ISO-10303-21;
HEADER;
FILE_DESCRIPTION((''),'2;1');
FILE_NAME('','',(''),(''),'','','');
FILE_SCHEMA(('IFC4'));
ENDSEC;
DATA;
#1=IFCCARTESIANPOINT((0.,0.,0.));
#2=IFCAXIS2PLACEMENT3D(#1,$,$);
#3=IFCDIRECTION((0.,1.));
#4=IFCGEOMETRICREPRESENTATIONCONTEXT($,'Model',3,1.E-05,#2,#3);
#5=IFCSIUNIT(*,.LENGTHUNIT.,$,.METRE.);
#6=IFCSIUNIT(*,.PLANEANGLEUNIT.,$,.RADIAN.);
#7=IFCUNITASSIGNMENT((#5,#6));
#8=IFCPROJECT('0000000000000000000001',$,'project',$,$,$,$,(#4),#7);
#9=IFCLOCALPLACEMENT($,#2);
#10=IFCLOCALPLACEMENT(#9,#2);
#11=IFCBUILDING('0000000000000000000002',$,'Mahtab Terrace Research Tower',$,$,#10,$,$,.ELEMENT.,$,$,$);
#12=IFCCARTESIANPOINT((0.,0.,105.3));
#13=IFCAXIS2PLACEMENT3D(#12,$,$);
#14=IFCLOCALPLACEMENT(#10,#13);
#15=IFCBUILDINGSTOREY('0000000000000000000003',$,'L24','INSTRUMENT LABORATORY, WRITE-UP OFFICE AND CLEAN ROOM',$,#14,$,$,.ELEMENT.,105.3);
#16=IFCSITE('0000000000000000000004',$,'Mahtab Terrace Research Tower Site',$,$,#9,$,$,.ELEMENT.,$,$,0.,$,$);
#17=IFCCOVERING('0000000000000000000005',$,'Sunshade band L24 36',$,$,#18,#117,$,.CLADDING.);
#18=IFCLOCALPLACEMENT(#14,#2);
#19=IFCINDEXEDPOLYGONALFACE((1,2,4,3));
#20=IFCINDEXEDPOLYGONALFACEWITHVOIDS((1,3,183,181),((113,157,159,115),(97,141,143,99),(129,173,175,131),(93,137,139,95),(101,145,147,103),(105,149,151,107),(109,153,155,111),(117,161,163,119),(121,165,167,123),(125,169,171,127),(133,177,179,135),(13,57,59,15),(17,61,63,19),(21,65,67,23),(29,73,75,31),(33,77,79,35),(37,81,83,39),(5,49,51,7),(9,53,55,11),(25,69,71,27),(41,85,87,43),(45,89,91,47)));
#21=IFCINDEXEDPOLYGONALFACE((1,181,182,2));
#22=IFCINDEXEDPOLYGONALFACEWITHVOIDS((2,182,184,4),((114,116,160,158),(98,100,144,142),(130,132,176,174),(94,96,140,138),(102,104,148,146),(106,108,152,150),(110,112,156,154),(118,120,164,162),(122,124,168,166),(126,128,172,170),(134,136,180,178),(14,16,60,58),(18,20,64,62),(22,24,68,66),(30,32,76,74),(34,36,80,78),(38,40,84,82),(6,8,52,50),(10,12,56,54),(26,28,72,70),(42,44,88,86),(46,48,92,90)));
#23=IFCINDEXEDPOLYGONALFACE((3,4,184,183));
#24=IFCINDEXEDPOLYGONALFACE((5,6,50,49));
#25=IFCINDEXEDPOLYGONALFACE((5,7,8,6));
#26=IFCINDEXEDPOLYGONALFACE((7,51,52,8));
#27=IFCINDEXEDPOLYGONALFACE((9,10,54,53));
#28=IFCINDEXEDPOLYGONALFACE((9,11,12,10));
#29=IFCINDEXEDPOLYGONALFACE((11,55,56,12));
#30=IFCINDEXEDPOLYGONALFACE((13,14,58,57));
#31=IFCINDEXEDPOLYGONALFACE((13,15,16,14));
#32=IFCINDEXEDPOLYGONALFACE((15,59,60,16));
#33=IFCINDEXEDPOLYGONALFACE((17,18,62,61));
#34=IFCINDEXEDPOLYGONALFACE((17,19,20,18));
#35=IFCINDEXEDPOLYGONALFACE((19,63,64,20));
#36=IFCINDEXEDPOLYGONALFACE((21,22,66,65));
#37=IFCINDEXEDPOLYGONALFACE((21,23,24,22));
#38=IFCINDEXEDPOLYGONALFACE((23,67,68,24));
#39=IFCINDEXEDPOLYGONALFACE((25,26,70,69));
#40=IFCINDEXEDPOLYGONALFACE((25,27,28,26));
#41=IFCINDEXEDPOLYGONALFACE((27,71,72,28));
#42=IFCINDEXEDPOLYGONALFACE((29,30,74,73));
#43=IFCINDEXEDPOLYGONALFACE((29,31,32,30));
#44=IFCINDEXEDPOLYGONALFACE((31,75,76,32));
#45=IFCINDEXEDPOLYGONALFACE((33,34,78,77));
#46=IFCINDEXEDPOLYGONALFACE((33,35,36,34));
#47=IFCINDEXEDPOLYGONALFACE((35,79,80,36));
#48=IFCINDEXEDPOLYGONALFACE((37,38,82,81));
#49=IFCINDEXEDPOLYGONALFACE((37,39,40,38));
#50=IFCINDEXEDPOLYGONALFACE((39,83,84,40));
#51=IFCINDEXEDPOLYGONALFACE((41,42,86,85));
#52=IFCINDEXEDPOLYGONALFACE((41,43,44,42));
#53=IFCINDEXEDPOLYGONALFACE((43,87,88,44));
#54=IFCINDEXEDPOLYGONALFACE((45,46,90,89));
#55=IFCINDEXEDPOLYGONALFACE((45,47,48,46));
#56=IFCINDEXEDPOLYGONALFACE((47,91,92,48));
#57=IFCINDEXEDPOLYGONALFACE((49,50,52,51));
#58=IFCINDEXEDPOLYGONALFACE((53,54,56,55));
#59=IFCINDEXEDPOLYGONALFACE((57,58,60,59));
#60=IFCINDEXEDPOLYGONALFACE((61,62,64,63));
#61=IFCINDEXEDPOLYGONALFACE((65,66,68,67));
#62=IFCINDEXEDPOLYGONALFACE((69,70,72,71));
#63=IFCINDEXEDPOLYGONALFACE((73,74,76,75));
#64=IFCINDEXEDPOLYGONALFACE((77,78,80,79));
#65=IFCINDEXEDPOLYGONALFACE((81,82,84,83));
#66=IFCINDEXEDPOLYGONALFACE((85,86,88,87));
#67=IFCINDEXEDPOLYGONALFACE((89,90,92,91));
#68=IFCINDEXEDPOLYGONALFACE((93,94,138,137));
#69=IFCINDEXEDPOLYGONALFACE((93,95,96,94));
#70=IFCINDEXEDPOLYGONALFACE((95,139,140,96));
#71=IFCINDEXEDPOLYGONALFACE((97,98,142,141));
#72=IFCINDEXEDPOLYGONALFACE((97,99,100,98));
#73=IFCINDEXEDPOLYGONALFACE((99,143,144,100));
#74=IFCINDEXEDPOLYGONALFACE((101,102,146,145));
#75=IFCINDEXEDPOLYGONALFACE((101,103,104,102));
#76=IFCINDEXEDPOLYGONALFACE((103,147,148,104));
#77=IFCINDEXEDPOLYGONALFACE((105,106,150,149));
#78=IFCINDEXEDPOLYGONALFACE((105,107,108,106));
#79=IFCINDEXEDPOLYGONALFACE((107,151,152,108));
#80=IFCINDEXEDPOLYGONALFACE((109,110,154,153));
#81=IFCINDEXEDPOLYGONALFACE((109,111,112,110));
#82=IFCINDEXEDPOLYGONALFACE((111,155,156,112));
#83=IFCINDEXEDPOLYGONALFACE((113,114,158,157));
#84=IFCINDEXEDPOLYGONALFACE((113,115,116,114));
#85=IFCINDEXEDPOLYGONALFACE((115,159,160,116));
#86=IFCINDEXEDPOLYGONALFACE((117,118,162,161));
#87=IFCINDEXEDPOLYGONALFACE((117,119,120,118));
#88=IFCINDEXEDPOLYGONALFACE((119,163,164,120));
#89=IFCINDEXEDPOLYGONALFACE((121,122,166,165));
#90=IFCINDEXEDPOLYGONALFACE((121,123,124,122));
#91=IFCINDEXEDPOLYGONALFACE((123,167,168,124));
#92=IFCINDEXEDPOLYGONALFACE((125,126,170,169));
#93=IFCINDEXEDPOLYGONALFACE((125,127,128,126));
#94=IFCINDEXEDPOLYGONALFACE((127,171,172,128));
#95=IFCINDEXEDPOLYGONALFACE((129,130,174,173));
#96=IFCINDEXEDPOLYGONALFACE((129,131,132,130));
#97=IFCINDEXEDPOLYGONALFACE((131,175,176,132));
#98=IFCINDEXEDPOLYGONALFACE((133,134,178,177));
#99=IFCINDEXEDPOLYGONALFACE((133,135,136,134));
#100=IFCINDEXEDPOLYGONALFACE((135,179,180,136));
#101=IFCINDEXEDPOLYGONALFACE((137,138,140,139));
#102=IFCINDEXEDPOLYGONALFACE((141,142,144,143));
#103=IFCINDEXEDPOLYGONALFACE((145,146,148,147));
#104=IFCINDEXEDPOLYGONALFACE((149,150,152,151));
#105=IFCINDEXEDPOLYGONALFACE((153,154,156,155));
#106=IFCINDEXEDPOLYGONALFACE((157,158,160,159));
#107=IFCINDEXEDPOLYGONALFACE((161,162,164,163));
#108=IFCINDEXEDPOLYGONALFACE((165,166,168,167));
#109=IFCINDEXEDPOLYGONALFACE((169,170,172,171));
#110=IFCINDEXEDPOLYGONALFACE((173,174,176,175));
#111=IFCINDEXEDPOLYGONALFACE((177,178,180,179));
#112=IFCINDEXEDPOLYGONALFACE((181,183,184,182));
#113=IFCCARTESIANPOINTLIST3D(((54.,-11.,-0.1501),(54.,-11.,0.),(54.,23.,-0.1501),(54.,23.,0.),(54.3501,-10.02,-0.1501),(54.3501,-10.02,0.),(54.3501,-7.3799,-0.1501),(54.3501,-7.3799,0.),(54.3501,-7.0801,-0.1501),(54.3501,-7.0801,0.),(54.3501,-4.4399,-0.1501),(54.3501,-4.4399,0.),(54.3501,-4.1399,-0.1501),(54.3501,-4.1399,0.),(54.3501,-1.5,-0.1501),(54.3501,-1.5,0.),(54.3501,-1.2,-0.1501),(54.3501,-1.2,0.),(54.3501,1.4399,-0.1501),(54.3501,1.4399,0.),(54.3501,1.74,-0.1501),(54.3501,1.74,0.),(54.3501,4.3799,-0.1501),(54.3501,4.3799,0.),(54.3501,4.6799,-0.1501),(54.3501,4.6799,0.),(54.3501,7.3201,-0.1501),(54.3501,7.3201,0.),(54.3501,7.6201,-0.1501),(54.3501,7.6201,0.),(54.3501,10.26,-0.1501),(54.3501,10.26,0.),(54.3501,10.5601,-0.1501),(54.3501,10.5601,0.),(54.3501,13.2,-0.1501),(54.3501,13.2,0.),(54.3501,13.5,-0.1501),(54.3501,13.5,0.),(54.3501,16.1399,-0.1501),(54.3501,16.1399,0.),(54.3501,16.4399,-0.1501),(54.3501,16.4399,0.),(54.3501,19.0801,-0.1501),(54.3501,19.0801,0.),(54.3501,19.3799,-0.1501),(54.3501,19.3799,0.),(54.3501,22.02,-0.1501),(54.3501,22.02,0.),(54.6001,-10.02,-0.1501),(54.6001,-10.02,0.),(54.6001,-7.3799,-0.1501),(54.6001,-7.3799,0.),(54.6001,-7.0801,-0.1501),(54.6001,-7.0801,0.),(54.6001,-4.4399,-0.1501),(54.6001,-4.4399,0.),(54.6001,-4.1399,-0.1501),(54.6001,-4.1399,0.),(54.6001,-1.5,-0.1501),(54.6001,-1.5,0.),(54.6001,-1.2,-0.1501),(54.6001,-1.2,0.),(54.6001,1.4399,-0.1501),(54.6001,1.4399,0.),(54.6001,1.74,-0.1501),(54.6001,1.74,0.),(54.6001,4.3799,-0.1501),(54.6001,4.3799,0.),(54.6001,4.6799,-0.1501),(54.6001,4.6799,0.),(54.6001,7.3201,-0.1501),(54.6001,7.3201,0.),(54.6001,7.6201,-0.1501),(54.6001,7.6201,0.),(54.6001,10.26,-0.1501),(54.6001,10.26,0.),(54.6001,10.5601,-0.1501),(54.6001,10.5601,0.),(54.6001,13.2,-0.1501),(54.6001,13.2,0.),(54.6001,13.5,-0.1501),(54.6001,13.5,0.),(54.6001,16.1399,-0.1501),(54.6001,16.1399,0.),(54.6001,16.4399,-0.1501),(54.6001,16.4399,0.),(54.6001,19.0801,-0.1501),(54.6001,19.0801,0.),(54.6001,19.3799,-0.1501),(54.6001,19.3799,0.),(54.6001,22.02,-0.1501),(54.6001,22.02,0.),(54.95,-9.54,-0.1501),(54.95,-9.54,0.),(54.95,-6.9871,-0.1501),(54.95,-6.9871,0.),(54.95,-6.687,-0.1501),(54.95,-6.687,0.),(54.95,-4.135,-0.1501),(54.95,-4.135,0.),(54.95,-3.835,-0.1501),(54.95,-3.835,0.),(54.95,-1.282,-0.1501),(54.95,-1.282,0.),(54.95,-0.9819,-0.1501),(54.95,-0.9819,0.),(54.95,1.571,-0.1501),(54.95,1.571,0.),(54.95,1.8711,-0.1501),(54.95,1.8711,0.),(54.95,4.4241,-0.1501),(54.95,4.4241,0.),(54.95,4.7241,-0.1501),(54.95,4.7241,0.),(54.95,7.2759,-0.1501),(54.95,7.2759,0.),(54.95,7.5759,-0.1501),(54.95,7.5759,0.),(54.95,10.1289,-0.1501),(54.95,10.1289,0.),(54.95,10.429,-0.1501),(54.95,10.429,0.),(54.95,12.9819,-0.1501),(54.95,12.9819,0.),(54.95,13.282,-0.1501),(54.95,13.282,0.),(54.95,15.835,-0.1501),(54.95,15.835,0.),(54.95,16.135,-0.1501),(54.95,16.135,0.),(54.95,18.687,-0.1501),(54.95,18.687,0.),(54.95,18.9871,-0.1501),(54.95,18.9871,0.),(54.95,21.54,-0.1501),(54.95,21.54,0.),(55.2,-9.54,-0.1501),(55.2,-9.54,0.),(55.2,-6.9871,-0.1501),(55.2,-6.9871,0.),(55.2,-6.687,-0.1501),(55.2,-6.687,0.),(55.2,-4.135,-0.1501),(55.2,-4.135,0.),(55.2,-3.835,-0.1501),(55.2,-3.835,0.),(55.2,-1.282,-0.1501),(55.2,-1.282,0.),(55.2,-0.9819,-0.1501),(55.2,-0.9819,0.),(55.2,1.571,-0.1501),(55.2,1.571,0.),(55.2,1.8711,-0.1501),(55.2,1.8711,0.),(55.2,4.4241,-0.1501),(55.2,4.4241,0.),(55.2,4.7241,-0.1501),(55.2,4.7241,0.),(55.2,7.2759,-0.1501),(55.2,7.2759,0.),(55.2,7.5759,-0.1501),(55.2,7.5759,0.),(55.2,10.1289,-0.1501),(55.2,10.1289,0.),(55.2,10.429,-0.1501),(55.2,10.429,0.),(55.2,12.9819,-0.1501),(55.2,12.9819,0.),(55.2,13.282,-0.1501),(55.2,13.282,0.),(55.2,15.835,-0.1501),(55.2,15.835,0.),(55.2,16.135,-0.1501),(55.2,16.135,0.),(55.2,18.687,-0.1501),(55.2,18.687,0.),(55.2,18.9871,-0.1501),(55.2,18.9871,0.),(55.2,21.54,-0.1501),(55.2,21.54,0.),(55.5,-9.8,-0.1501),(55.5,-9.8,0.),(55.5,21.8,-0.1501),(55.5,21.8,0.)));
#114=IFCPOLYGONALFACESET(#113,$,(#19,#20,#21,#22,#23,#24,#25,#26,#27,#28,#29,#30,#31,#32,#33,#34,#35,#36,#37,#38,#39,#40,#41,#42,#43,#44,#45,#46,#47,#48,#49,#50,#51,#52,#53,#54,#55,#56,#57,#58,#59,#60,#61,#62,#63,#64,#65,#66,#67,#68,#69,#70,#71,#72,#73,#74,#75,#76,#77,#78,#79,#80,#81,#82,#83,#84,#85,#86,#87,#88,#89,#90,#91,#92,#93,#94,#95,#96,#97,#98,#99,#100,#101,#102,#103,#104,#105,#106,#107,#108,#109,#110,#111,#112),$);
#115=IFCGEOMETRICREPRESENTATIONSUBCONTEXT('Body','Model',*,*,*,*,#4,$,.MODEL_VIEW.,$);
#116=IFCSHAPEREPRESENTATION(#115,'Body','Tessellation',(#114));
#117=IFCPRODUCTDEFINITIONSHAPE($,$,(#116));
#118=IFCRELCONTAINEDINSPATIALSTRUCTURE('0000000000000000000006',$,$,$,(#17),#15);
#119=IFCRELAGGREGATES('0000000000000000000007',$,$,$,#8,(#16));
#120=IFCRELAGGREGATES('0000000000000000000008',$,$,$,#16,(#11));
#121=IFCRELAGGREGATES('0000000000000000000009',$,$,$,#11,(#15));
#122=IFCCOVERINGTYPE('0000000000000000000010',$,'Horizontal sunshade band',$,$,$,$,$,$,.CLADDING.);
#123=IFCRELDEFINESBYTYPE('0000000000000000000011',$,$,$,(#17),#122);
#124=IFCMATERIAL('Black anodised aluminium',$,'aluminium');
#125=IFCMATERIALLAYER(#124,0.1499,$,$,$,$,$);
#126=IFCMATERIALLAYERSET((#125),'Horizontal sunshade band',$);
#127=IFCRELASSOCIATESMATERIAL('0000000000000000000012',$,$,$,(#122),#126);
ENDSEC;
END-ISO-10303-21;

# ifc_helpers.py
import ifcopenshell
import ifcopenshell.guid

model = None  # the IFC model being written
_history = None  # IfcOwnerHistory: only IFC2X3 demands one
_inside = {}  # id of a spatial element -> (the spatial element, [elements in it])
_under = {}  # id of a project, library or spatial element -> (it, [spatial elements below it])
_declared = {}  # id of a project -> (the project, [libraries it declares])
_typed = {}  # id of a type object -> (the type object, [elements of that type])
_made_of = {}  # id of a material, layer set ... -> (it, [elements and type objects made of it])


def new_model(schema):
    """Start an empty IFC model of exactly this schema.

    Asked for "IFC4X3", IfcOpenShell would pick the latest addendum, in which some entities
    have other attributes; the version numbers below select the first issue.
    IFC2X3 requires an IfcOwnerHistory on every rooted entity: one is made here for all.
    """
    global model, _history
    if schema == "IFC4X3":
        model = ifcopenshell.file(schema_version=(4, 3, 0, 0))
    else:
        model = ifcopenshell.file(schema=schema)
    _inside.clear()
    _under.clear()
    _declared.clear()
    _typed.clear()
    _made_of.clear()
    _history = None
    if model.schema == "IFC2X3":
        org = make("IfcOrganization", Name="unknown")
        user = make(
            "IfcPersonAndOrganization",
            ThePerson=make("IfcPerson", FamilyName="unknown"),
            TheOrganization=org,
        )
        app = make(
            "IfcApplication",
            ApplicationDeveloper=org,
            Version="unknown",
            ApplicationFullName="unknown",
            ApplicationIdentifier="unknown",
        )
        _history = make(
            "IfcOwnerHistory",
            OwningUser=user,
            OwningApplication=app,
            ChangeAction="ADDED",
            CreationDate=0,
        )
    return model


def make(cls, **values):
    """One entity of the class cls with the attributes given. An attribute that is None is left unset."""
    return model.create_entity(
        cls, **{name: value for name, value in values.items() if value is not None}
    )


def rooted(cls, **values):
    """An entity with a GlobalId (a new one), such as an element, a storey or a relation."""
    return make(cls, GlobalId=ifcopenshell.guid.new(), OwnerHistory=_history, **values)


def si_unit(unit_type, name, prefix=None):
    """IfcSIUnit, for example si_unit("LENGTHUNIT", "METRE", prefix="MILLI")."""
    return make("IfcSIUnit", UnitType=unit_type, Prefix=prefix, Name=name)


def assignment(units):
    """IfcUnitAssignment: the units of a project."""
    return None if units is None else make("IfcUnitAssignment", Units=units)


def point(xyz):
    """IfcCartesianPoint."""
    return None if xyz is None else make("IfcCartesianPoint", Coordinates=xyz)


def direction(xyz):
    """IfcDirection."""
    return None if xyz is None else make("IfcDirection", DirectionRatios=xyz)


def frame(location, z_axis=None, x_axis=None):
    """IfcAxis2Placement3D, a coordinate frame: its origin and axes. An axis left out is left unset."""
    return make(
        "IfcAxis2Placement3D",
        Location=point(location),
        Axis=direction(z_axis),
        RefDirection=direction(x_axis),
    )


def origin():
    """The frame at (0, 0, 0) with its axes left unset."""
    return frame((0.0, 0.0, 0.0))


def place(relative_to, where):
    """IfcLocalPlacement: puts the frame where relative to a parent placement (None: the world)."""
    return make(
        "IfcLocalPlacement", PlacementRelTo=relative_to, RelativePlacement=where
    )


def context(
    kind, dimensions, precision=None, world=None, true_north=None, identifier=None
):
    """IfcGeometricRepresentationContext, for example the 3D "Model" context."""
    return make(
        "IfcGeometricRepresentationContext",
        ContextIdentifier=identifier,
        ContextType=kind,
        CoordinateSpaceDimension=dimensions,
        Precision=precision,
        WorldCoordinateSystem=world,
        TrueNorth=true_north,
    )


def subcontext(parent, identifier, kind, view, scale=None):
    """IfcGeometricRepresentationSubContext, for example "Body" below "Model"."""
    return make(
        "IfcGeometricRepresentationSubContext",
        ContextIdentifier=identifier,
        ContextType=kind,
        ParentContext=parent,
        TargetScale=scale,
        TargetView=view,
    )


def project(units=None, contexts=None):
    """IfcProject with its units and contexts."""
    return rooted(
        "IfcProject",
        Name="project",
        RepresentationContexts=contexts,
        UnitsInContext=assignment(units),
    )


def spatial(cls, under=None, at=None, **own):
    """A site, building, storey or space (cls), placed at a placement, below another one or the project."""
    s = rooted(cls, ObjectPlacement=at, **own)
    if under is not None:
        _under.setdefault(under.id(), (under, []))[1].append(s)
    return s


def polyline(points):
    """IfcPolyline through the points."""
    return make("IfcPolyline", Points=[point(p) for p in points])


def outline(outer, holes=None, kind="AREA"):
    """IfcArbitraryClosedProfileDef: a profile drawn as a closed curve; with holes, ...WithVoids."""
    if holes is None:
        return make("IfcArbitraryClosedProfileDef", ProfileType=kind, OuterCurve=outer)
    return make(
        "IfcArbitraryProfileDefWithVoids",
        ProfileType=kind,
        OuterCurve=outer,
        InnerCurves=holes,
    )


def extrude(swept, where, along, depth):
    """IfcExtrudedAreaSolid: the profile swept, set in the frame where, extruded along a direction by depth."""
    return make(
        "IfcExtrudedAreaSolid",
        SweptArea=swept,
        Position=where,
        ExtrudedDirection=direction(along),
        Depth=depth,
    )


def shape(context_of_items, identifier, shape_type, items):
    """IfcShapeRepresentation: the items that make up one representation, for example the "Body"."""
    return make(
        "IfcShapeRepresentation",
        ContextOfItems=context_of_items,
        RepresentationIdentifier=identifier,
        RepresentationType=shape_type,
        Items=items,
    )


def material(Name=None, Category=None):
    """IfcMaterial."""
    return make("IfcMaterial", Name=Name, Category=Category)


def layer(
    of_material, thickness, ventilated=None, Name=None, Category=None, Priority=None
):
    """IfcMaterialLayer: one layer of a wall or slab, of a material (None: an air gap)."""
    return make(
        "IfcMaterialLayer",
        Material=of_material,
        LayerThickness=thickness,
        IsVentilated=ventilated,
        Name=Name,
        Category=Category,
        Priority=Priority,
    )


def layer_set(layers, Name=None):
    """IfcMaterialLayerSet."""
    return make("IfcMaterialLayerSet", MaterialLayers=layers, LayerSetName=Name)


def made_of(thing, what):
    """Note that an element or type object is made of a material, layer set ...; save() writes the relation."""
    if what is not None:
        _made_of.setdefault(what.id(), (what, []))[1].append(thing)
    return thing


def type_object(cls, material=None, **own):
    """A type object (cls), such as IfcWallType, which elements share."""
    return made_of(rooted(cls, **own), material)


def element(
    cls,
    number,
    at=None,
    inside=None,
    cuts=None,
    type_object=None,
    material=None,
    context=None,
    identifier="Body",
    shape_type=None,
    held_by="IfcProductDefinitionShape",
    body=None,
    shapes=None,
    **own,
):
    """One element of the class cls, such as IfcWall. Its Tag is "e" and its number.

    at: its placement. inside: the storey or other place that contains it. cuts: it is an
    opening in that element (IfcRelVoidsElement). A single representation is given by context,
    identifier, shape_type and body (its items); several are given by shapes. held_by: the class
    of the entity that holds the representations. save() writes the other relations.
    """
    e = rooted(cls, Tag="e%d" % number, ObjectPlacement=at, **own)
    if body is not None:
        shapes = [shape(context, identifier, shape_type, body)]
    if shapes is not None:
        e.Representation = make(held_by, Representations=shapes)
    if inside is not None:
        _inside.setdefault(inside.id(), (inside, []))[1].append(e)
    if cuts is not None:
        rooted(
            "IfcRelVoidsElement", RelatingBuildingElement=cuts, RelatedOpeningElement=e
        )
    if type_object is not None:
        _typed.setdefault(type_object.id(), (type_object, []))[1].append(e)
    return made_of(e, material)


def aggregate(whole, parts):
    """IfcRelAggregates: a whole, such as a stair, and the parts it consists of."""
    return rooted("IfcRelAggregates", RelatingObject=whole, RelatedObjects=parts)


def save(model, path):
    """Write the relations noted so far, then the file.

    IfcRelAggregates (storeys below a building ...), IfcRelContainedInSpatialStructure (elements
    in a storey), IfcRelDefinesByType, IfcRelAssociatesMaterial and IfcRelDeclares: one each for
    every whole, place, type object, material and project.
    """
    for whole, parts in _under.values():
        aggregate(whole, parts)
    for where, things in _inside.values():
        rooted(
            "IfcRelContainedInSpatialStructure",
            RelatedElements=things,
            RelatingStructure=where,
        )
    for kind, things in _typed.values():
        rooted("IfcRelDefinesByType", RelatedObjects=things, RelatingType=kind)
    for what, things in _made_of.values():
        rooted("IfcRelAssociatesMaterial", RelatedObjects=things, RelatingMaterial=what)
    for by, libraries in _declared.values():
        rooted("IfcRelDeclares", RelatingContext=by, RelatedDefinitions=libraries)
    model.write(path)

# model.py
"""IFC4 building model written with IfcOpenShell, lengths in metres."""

from ifc_helpers import new_model, si_unit, direction, frame, origin, place, context, subcontext, project, spatial, polyline, outline, extrude, material, layer, layer_set, type_object, element, save


model = new_model("IFC4")

# Units and contexts
model_context = context("Model", 3, precision=1e-05, world=origin(), true_north=direction((0.0, 1.0)))
body_context = subcontext(model_context, "Body", "Model", "MODEL_VIEW")
ifc_project = project(units=[si_unit("LENGTHUNIT", "METRE"), si_unit("PLANEANGLEUNIT", "RADIAN")], contexts=[model_context])

# Site, building, storey
site_placement = place(None, origin())
site = spatial("IfcSite", under=ifc_project, at=site_placement, Name="Mahtab Terrace Research Tower Site", CompositionType="ELEMENT", RefElevation=0.0)
building_placement = place(site_placement, origin())
building = spatial("IfcBuilding", under=site, at=building_placement, Name="Mahtab Terrace Research Tower", CompositionType="ELEMENT")
storey_placement = place(building_placement, frame((0.0, 0.0, 105.3)))
storey = spatial("IfcBuildingStorey", under=building, at=storey_placement, Name="L24", Description="INSTRUMENT LABORATORY, WRITE-UP OFFICE AND CLEAN ROOM", CompositionType="ELEMENT", Elevation=105.3)

# Covering
ifc_material_1 = material(Name="Black anodised aluminium", Category="aluminium")
ifc_layer_1 = layer(ifc_material_1, 0.1499)
ifc_layer_set_1 = layer_set([ifc_layer_1], Name="Horizontal sunshade band")
covering_type_1 = type_object("IfcCoveringType", Name="Horizontal sunshade band", PredefinedType="CLADDING", material=ifc_layer_set_1)
covering_1_placement = place(storey_placement, frame((0.0, 0.0, -0.1501)))
element("IfcCovering", 1, at=covering_1_placement, inside=storey, type_object=covering_type_1, Name="Sunshade band L24 36", PredefinedType="CLADDING", context=body_context, shape_type="SweptSolid", body=[
    extrude(outline(polyline([(54.0, -11.0), (54.0, 23.0), (55.5, 21.8), (55.5, -9.8), (54.0, -11.0)]), holes=[polyline([(54.3501, -10.02), (54.3501, -7.3799), (54.6001, -7.3799), (54.6001, -10.02), (54.3501, -10.02)]), polyline([(54.3501, -7.0801), (54.3501, -4.4399), (54.6001, -4.4399), (54.6001, -7.0801), (54.3501, -7.0801)]), polyline([(54.3501, -4.1399), (54.3501, -1.5), (54.6001, -1.5), (54.6001, -4.1399), (54.3501, -4.1399)]), polyline([(54.3501, -1.2), (54.3501, 1.4399), (54.6001, 1.4399), (54.6001, -1.2), (54.3501, -1.2)]), polyline([(54.3501, 1.74), (54.3501, 4.3799), (54.6001, 4.3799), (54.6001, 1.74), (54.3501, 1.74)]), polyline([(54.3501, 4.6799), (54.3501, 7.3201), (54.6001, 7.3201), (54.6001, 4.6799), (54.3501, 4.6799)]), polyline([(54.3501, 7.6201), (54.3501, 10.26), (54.6001, 10.26), (54.6001, 7.6201), (54.3501, 7.6201)]), polyline([(54.3501, 10.5601), (54.3501, 13.2), (54.6001, 13.2), (54.6001, 10.5601), (54.3501, 10.5601)]), polyline([(54.3501, 13.5), (54.3501, 16.1399), (54.6001, 16.1399), (54.6001, 13.5), (54.3501, 13.5)]), polyline([(54.3501, 16.4399), (54.3501, 19.0801), (54.6001, 19.0801), (54.6001, 16.4399), (54.3501, 16.4399)]), polyline([(54.3501, 19.3799), (54.3501, 22.02), (54.6001, 22.02), (54.6001, 19.3799), (54.3501, 19.3799)]), polyline([(54.95, -9.54), (54.95, -6.9871), (55.2, -6.9871), (55.2, -9.54), (54.95, -9.54)]), polyline([(54.95, -6.687), (54.95, -4.135), (55.2, -4.135), (55.2, -6.687), (54.95, -6.687)]), polyline([(54.95, -3.835), (54.95, -1.282), (55.2, -1.282), (55.2, -3.835), (54.95, -3.835)]), polyline([(54.95, -0.9819), (54.95, 1.571), (55.2, 1.571), (55.2, -0.9819), (54.95, -0.9819)]), polyline([(54.95, 1.8711), (54.95, 4.4241), (55.2, 4.4241), (55.2, 1.8711), (54.95, 1.8711)]), polyline([(54.95, 4.7241), (54.95, 7.2759), (55.2, 7.2759), (55.2, 4.7241), (54.95, 4.7241)]), polyline([(54.95, 7.5759), (54.95, 10.1289), (55.2, 10.1289), (55.2, 7.5759), (54.95, 7.5759)]), polyline([(54.95, 10.429), (54.95, 12.9819), (55.2, 12.9819), (55.2, 10.429), (54.95, 10.429)]), polyline([(54.95, 13.282), (54.95, 15.835), (55.2, 15.835), (55.2, 13.282), (54.95, 13.282)]), polyline([(54.95, 16.135), (54.95, 18.687), (55.2, 18.687), (55.2, 16.135), (54.95, 16.135)]), polyline([(54.95, 18.9871), (54.95, 21.54), (55.2, 21.54), (55.2, 18.9871), (54.95, 18.9871)])]), origin(), (0.0, 0.0, 1.0), 0.1501),
])

save(model, "model.ifc")
